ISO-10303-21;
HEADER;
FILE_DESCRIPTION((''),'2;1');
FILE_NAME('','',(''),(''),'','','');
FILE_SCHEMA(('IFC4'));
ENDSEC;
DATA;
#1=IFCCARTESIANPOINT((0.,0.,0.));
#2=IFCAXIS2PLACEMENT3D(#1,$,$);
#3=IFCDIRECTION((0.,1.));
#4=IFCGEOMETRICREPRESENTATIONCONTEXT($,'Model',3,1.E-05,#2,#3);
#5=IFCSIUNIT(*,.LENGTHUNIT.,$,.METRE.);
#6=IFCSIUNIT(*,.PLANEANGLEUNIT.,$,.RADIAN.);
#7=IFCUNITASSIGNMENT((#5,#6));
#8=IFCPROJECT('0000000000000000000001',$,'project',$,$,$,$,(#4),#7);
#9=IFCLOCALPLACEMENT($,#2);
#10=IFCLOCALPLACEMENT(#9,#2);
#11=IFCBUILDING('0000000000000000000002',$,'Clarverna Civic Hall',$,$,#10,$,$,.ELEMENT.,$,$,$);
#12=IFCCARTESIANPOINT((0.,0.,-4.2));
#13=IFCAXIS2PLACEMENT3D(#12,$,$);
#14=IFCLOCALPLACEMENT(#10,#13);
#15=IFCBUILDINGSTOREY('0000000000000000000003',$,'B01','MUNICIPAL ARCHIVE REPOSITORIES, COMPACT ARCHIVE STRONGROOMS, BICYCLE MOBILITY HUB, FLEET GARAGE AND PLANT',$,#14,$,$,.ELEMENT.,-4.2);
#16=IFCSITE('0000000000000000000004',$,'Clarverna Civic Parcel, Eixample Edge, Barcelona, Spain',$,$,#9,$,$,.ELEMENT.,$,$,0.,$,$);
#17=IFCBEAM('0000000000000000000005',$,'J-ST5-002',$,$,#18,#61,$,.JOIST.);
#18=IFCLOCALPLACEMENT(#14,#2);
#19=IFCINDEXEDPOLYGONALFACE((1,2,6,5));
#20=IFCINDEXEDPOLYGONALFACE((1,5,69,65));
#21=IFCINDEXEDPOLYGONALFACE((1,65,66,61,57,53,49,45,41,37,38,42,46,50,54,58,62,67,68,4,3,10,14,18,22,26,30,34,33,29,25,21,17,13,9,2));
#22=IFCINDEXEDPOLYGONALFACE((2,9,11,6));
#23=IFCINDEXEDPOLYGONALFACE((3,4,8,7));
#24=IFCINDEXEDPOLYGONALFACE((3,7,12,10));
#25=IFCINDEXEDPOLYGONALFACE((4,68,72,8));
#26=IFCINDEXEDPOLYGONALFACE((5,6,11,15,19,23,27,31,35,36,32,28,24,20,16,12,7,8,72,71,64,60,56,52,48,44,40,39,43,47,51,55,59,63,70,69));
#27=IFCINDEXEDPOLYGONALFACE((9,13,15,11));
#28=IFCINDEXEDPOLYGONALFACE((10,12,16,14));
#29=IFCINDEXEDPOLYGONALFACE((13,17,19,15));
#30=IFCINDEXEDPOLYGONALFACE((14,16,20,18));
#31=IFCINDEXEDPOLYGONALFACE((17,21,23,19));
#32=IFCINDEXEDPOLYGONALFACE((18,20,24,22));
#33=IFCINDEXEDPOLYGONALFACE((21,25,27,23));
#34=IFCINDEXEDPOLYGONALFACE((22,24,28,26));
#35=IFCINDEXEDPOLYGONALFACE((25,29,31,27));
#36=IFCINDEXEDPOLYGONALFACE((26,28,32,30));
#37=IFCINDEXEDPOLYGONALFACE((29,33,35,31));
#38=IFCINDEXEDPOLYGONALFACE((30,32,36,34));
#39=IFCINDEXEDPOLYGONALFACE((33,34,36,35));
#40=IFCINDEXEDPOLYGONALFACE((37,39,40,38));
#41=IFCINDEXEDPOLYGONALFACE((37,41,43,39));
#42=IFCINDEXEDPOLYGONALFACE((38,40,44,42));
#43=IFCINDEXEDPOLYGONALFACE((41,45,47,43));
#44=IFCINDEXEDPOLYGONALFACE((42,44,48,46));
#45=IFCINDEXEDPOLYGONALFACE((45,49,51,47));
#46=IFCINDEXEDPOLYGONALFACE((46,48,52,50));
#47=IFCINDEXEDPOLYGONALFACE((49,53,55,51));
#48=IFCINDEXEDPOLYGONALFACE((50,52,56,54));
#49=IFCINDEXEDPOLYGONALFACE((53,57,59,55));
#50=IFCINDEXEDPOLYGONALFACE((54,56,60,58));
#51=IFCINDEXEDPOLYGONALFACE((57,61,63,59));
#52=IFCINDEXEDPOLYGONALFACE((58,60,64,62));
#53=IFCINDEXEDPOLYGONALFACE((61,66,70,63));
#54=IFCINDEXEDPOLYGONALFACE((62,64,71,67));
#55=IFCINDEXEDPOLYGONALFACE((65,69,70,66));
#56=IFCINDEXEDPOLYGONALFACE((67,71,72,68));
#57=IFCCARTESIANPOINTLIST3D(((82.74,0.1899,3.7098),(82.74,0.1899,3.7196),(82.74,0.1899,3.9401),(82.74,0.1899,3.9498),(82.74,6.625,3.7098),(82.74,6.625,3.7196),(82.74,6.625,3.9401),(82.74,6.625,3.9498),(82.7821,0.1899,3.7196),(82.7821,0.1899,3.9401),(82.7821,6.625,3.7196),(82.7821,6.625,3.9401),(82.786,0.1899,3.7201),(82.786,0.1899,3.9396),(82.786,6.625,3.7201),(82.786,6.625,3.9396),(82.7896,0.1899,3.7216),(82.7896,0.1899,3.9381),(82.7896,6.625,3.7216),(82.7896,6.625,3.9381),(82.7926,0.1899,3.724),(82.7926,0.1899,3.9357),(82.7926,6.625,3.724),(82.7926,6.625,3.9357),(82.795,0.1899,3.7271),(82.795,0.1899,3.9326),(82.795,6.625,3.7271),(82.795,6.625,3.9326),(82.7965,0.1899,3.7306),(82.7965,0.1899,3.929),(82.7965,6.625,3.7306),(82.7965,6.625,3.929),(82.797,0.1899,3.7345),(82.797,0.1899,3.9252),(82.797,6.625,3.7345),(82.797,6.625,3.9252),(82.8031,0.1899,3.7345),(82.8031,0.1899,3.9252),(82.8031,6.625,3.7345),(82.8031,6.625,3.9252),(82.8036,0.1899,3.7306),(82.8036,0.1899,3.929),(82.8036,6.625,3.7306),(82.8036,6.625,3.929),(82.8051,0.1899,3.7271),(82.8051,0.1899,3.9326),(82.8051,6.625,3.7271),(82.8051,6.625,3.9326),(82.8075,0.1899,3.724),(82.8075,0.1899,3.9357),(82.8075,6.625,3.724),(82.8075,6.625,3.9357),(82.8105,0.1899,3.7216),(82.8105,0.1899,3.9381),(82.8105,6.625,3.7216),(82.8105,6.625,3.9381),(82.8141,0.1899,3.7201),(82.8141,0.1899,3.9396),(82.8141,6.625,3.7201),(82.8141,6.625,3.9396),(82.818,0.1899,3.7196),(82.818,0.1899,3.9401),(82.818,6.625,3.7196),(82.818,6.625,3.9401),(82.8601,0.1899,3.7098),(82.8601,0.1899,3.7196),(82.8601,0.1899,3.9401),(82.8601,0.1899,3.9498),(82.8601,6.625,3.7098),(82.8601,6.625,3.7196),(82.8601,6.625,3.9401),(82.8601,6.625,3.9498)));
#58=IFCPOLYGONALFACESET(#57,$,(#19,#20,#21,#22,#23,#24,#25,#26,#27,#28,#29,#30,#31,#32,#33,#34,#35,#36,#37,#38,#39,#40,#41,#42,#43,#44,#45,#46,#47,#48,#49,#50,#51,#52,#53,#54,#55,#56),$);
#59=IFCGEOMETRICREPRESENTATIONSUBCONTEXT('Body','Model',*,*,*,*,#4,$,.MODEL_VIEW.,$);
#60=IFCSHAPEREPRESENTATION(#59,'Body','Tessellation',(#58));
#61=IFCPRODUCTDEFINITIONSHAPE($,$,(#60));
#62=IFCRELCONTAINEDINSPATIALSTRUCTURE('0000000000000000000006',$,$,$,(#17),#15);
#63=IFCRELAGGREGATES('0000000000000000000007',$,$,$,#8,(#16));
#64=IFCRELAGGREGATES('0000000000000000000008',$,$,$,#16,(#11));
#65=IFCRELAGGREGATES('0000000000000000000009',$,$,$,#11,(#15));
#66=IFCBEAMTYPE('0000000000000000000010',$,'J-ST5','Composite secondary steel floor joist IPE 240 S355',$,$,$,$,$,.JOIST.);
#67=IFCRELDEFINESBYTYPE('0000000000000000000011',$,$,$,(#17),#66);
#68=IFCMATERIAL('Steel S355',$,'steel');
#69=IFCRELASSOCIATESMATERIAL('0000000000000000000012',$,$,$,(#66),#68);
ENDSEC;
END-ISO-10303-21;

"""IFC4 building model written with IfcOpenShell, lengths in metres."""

from ifc_helpers import new_model, si_unit, direction, frame, origin, origin_2d, place, context, subcontext, project, spatial, i_section, extrude, material, material_profile, profile_set, type_object, element, save


model = new_model("IFC4")

# Units and contexts
model_context = context("Model", 3, precision=1e-05, world=origin(), true_north=direction((0.0, 1.0)))
body_context = subcontext(model_context, "Body", "Model", "MODEL_VIEW")
ifc_project = project(units=[si_unit("LENGTHUNIT", "METRE"), si_unit("PLANEANGLEUNIT", "RADIAN")], contexts=[model_context])

# Site, building, storey
site_placement = place(None, origin())
site = spatial("IfcSite", under=ifc_project, at=site_placement, Name="Clarverna Civic Parcel, Eixample Edge, Barcelona, Spain", CompositionType="ELEMENT", RefElevation=0.0)
building_placement = place(site_placement, origin())
building = spatial("IfcBuilding", under=site, at=building_placement, Name="Clarverna Civic Hall", CompositionType="ELEMENT")
storey_placement = place(building_placement, frame((0.0, 0.0, -4.2)))
storey = spatial("IfcBuildingStorey", under=building, at=storey_placement, Name="B01", Description="MUNICIPAL ARCHIVE REPOSITORIES, COMPACT ARCHIVE STRONGROOMS, BICYCLE MOBILITY HUB, FLEET GARAGE AND PLANT", CompositionType="ELEMENT", Elevation=-4.2)

# Shared definitions
ifc_material_1 = material(Name="Steel S355", Category="steel")

# Beam
ifc_material_profile_1 = material_profile(ifc_material_1, i_section(OverallWidth=0.1201, OverallDepth=0.24, WebThickness=0.0061, FlangeThickness=0.0098, FilletRadius=0.0149, at=origin_2d()), Name="IPE 240")
ifc_profile_set_1 = profile_set([ifc_material_profile_1], Name="Steel S355")
beam_type_1 = type_object("IfcBeamType", Name="J-ST5", Description="Composite secondary steel floor joist IPE 240 S355", PredefinedType="JOIST", material=ifc_profile_set_1)
beam_1_placement = place(storey_placement, frame((82.8, 0.1899, 3.8298), z_axis=(0.0, 1.0, 0.0), x_axis=(-1.0, 0.0, 0.0)))
element("IfcBeam", 1, at=beam_1_placement, inside=storey, type_object=beam_type_1, Name="J-ST5-002", PredefinedType="JOIST", context=body_context, shape_type="SweptSolid", body=[
    extrude(i_section(OverallWidth=0.1201, OverallDepth=0.24, WebThickness=0.0061, FlangeThickness=0.0098, FilletRadius=0.0149, at=origin_2d()), origin(), (0.0, 0.0, 1.0), 6.4351),
])

save(model, "model.ifc")
